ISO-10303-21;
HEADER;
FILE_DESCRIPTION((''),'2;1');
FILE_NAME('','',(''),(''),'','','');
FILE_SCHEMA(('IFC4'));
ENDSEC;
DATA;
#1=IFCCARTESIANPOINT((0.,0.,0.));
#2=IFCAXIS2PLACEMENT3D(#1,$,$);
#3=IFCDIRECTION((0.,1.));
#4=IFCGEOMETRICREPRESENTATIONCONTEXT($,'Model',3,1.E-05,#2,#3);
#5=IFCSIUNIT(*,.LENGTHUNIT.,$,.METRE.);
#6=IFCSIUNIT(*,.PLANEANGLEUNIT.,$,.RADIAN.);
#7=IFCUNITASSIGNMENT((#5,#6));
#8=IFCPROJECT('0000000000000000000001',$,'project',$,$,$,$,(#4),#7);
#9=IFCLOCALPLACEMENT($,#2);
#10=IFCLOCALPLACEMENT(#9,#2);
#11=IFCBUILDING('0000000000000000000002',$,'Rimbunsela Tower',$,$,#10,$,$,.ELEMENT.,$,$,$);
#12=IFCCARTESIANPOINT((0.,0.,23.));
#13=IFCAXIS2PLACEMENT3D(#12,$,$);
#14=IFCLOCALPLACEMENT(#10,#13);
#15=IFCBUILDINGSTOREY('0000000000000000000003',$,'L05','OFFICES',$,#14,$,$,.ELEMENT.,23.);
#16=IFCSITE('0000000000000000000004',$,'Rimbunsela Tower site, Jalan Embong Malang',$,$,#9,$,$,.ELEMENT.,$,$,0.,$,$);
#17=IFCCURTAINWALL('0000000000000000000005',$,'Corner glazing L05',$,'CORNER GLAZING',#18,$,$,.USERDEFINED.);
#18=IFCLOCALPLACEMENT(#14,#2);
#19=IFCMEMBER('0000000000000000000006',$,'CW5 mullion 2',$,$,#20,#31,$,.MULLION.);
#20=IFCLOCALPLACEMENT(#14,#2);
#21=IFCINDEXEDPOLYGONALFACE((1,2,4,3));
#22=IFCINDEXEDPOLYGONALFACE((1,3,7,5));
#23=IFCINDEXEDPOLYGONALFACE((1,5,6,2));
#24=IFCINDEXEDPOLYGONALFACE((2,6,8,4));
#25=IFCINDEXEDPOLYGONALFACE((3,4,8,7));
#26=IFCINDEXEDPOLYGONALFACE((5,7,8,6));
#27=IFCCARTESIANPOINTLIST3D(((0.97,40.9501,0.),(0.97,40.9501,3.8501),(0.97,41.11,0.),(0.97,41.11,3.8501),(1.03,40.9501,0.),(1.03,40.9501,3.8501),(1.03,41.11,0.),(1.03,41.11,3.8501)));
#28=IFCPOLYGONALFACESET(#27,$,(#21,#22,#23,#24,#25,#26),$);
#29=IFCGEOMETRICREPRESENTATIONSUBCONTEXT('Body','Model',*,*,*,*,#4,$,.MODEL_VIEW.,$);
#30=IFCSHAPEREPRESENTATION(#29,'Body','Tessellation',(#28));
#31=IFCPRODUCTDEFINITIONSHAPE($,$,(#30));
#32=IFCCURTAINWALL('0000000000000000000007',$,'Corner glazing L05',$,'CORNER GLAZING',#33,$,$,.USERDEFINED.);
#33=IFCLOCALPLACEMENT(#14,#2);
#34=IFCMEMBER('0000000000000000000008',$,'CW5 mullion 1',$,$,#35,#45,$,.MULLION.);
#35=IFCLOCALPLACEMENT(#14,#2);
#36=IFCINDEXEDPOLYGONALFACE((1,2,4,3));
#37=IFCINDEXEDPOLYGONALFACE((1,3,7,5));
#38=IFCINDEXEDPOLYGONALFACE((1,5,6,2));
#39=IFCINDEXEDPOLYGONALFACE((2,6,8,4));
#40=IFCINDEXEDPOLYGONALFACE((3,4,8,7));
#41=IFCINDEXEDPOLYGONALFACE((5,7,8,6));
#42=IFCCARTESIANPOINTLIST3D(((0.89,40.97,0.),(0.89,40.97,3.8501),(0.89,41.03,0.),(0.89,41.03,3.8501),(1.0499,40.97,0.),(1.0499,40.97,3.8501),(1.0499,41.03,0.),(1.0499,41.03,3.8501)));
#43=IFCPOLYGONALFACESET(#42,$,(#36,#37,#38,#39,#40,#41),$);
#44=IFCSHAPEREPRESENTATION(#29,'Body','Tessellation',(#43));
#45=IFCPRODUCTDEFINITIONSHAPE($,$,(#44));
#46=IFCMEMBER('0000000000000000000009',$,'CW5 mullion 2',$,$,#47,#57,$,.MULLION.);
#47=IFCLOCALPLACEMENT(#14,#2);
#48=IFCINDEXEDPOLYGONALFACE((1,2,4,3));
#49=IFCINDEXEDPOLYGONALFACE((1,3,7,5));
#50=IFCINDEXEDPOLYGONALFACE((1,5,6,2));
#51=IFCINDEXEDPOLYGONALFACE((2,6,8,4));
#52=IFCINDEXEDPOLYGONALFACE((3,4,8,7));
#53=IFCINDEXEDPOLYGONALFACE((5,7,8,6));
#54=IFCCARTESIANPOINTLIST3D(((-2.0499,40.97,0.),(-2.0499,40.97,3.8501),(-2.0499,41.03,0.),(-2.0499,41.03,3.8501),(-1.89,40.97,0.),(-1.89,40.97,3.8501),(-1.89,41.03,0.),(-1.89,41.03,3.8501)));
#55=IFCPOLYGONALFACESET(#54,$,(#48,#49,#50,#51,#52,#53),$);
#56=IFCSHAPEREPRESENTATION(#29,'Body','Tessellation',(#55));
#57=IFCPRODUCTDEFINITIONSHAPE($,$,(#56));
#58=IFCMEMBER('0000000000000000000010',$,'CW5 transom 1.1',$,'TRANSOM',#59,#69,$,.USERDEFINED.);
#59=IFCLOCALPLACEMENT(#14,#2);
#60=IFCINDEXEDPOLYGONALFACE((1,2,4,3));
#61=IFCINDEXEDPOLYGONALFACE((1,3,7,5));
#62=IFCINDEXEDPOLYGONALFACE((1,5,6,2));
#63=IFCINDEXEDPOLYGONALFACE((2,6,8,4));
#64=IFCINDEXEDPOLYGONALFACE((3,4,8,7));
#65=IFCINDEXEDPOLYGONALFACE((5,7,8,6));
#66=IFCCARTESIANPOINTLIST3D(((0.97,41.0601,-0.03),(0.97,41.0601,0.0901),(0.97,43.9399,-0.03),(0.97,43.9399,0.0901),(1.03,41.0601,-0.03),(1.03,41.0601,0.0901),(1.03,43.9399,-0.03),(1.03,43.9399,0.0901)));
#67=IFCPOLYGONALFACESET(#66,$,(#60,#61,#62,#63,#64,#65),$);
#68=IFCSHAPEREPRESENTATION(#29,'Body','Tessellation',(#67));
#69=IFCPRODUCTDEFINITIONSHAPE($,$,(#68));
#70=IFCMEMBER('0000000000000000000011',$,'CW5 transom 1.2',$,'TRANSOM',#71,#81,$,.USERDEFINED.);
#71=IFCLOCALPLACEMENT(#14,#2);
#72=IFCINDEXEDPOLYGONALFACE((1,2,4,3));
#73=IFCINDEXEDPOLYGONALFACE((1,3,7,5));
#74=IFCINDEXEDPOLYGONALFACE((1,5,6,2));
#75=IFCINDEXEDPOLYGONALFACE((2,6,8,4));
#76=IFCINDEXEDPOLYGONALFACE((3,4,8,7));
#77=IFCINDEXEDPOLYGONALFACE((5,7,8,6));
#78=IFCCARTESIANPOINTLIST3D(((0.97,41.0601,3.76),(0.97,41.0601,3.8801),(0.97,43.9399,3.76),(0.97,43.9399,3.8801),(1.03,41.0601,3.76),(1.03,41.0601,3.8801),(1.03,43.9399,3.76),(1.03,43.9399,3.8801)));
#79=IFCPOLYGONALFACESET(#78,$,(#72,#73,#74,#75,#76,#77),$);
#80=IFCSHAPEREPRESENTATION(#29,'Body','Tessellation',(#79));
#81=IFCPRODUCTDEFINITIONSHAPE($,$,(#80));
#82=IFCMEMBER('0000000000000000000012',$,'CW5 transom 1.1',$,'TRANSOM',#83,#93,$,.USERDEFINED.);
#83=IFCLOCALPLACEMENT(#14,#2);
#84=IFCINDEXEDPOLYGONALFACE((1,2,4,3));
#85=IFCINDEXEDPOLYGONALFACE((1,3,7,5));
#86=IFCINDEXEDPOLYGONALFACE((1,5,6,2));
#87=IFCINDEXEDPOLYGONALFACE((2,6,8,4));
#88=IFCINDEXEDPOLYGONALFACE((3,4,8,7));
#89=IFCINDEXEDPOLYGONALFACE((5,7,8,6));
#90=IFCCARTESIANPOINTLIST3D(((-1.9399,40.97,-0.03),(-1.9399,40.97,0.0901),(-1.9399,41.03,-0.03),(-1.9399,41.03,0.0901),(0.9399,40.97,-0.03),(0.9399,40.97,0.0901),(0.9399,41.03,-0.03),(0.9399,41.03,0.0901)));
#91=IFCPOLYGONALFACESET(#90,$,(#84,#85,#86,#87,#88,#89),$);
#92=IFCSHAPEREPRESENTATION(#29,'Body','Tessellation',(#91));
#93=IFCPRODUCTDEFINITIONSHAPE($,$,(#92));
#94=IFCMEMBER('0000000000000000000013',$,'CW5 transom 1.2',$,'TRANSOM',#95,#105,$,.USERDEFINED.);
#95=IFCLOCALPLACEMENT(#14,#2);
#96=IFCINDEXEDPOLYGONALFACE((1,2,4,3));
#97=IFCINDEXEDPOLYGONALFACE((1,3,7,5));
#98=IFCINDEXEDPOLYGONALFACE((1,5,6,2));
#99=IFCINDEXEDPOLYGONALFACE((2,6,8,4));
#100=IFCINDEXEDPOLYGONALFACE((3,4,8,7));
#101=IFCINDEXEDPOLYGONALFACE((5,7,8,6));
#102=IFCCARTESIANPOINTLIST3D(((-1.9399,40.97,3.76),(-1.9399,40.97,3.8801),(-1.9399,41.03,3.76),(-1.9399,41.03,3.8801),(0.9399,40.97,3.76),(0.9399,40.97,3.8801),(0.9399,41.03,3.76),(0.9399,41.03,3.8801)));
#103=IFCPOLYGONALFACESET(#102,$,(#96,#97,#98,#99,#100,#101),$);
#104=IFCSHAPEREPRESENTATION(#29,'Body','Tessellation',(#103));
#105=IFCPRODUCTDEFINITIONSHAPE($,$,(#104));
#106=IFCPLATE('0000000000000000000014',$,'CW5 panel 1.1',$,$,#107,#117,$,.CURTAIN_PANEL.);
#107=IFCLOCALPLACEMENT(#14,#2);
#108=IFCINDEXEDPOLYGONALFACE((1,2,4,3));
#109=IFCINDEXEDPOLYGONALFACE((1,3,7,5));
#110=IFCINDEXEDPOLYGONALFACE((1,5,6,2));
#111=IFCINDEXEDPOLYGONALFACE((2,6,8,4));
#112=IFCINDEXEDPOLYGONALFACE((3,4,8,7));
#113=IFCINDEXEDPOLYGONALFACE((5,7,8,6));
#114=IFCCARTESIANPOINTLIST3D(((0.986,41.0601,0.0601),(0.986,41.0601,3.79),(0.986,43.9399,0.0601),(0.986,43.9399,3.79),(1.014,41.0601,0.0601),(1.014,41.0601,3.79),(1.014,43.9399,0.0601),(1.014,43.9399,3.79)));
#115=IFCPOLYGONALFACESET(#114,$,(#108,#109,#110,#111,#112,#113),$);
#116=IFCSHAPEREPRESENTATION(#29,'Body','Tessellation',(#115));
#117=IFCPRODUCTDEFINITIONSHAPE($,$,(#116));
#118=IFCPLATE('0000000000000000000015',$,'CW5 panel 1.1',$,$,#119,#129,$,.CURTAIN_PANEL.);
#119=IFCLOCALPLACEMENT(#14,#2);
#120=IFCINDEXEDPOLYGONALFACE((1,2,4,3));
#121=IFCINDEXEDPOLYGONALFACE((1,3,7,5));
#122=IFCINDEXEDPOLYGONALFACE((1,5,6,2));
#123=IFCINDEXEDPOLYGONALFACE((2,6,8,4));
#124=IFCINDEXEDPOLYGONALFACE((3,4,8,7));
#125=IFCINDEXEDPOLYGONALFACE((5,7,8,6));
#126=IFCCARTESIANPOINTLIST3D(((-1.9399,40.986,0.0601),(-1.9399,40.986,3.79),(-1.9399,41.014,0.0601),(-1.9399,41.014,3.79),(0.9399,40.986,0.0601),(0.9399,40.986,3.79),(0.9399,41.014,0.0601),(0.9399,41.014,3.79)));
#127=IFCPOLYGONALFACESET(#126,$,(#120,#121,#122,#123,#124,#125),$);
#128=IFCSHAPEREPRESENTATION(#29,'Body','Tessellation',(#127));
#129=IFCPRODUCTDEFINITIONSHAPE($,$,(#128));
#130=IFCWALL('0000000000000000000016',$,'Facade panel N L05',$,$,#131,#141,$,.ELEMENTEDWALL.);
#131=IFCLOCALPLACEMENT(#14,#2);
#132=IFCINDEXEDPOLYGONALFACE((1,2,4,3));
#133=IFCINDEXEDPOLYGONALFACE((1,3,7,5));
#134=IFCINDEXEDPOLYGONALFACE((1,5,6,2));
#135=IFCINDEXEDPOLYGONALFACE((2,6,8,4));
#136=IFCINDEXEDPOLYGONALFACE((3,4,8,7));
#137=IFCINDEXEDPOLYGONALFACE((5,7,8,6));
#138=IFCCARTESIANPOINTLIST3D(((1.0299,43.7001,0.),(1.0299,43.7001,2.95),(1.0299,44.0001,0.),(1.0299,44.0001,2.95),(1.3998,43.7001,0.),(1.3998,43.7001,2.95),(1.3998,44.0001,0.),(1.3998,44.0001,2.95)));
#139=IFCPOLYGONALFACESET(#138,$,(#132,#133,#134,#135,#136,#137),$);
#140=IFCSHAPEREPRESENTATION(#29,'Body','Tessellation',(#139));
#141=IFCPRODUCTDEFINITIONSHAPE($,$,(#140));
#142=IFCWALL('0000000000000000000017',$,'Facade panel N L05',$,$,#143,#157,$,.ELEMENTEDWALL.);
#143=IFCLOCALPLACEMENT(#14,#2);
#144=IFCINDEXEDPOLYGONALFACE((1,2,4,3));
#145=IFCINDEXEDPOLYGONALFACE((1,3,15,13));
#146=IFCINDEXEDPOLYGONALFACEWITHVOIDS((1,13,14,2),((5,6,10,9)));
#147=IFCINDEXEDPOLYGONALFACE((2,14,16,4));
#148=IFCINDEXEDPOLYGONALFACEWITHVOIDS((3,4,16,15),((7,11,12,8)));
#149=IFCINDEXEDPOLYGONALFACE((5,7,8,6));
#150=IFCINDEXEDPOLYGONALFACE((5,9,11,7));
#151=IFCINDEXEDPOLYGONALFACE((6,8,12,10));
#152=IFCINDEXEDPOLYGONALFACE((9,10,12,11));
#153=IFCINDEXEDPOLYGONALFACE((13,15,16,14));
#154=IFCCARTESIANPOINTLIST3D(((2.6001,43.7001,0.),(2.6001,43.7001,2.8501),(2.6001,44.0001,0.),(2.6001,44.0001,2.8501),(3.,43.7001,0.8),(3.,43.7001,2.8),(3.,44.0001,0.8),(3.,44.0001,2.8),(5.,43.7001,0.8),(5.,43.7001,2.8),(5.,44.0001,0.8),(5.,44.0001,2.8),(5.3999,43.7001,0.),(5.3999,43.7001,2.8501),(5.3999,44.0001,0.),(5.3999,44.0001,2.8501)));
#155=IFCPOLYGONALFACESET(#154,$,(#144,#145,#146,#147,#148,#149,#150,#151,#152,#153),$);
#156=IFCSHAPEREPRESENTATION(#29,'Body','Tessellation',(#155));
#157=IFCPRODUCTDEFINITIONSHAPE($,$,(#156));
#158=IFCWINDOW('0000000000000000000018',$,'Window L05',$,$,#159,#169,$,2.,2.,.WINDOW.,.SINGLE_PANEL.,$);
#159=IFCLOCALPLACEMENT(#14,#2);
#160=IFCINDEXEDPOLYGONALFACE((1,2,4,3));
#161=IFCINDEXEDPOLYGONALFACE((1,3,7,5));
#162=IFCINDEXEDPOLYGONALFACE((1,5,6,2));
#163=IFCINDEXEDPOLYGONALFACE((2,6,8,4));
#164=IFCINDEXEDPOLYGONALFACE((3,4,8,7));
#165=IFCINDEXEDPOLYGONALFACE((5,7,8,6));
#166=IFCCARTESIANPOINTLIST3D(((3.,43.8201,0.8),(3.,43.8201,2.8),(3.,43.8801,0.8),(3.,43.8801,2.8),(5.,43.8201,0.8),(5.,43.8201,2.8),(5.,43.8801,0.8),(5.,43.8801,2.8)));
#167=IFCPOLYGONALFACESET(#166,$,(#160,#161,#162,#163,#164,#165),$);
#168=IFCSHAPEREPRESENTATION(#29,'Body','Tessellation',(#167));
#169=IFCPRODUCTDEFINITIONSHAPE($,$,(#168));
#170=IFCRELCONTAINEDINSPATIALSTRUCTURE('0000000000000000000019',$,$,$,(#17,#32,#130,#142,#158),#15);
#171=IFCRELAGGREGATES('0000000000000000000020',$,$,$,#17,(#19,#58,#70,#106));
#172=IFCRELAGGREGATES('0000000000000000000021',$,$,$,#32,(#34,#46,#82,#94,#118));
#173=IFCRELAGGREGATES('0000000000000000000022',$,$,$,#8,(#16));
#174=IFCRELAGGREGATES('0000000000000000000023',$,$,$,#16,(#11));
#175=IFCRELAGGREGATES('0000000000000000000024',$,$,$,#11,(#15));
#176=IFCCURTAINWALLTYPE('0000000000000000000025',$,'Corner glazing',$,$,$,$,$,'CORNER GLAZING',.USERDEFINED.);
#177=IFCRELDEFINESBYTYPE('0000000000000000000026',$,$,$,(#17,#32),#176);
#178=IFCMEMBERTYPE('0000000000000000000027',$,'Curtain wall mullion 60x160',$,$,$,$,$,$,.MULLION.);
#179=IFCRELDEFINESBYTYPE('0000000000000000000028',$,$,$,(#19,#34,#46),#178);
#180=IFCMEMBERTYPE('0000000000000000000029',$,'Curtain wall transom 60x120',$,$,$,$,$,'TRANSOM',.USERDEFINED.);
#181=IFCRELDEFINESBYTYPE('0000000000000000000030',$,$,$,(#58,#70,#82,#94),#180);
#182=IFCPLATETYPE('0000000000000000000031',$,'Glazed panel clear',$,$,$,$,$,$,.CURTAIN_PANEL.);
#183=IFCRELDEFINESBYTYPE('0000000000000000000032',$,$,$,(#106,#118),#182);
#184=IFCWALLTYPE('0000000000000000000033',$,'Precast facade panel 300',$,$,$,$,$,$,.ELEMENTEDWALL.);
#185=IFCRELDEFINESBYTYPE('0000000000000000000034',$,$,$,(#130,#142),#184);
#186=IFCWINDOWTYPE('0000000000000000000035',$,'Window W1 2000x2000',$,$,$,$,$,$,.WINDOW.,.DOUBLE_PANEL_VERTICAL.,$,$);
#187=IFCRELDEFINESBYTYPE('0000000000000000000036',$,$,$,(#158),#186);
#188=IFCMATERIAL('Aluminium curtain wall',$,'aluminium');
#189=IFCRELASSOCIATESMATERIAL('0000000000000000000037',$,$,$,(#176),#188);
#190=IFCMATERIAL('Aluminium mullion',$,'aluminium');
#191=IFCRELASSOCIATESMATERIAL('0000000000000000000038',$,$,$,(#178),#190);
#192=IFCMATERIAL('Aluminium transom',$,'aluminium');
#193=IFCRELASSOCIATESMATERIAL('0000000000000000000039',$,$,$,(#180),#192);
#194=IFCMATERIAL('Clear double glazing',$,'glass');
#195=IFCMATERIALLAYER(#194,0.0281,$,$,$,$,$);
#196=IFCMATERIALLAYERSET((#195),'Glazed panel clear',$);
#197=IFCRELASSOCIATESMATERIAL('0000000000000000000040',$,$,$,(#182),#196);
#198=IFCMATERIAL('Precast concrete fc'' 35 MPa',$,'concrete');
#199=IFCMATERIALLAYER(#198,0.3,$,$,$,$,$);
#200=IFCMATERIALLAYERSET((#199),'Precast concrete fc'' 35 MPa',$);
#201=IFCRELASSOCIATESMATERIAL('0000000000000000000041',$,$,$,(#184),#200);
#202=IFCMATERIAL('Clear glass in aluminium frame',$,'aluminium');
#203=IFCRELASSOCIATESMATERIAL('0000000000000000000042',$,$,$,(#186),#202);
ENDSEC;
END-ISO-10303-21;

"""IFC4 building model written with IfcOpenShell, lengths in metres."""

from ifc_helpers import new_model, si_unit, direction, frame, frame_2d, origin, origin_2d, place, context, subcontext, project, spatial, rectangle, extrude, material, layer, layer_set, material_profile, profile_set, type_object, element, fill, aggregate, save


model = new_model("IFC4")

# Units and contexts
model_context = context("Model", 3, precision=1e-05, world=origin(), true_north=direction((0.0, 1.0)))
body_context = subcontext(model_context, "Body", "Model", "MODEL_VIEW")
ifc_project = project(units=[si_unit("LENGTHUNIT", "METRE"), si_unit("PLANEANGLEUNIT", "RADIAN")], contexts=[model_context])

# Site, building, storey
site_placement = place(None, origin())
site = spatial("IfcSite", under=ifc_project, at=site_placement, Name="Rimbunsela Tower site, Jalan Embong Malang", CompositionType="ELEMENT", RefElevation=0.0)
building_placement = place(site_placement, origin())
building = spatial("IfcBuilding", under=site, at=building_placement, Name="Rimbunsela Tower", CompositionType="ELEMENT")
storey_placement = place(building_placement, frame((0.0, 0.0, 23.0)))
storey = spatial("IfcBuildingStorey", under=building, at=storey_placement, Name="L05", Description="OFFICES", CompositionType="ELEMENT", Elevation=23.0)

# Curtain walls, members
ifc_material_1 = material(Name="Aluminium curtain wall", Category="aluminium")
curtain_wall_type = type_object("IfcCurtainWallType", Name="Corner glazing", ElementType="CORNER GLAZING", PredefinedType="USERDEFINED", material=ifc_material_1)
curtain_wall_1_placement = place(storey_placement, origin())
curtain_wall_1 = element("IfcCurtainWall", 1, at=curtain_wall_1_placement, inside=storey, type_object=curtain_wall_type, Name="Corner glazing L05", ObjectType="CORNER GLAZING", PredefinedType="USERDEFINED")
ifc_material_2 = material(Name="Aluminium mullion", Category="aluminium")
ifc_material_profile_1 = material_profile(ifc_material_2, rectangle(XDim=0.0601, YDim=0.1599, at=origin_2d()), Name="Mullion 60x160")
ifc_profile_set_1 = profile_set([ifc_material_profile_1], Name="Aluminium mullion")
member_type_1 = type_object("IfcMemberType", Name="Curtain wall mullion 60x160", PredefinedType="MULLION", material=ifc_profile_set_1)
member_1_placement = place(storey_placement, frame((1.0, 41.03, 0.0), z_axis=(0.0, 0.0, 1.0), x_axis=(1.0, 0.0, 0.0)))
member_1 = element("IfcMember", 2, at=member_1_placement, type_object=member_type_1, Name="CW5 mullion 2", PredefinedType="MULLION", context=body_context, shape_type="SweptSolid", body=[
    extrude(rectangle(XDim=0.0601, YDim=0.1599, at=origin_2d()), origin(), (0.0, 0.0, 1.0), 3.8501),
])
curtain_wall_2_placement = place(storey_placement, origin())
curtain_wall_2 = element("IfcCurtainWall", 3, at=curtain_wall_2_placement, inside=storey, type_object=curtain_wall_type, Name="Corner glazing L05", ObjectType="CORNER GLAZING", PredefinedType="USERDEFINED")
member_2_placement = place(storey_placement, frame((0.97, 41.0, 0.0), z_axis=(0.0, 0.0, 1.0), x_axis=(0.0, -1.0, 0.0)))
member_2 = element("IfcMember", 4, at=member_2_placement, type_object=member_type_1, Name="CW5 mullion 1", PredefinedType="MULLION", context=body_context, shape_type="SweptSolid", body=[
    extrude(rectangle(XDim=0.0601, YDim=0.1599, at=origin_2d()), origin(), (0.0, 0.0, 1.0), 3.8501),
])
member_3_placement = place(storey_placement, frame((-1.97, 41.0, 0.0), z_axis=(0.0, 0.0, 1.0), x_axis=(0.0, -1.0, 0.0)))
member_3 = element("IfcMember", 5, at=member_3_placement, type_object=member_type_1, Name="CW5 mullion 2", PredefinedType="MULLION", context=body_context, shape_type="SweptSolid", body=[
    extrude(rectangle(XDim=0.0601, YDim=0.1599, at=origin_2d()), origin(), (0.0, 0.0, 1.0), 3.8501),
])

# Members
ifc_material_3 = material(Name="Aluminium transom", Category="aluminium")
ifc_material_profile_2 = material_profile(ifc_material_3, rectangle(XDim=0.0601, YDim=0.1201, at=origin_2d()), Name="Transom 60x120")
ifc_profile_set_2 = profile_set([ifc_material_profile_2], Name="Aluminium transom")
member_type_2 = type_object("IfcMemberType", Name="Curtain wall transom 60x120", ElementType="TRANSOM", PredefinedType="USERDEFINED", material=ifc_profile_set_2)
member_4_placement = place(storey_placement, frame((1.0, 43.9399, 0.03), z_axis=(0.0, -1.0, 0.0), x_axis=(1.0, 0.0, 0.0)))
member_4 = element("IfcMember", 6, at=member_4_placement, type_object=member_type_2, Name="CW5 transom 1.1", ObjectType="TRANSOM", PredefinedType="USERDEFINED", context=body_context, shape_type="SweptSolid", body=[
    extrude(rectangle(XDim=0.0601, YDim=0.1201, at=origin_2d()), origin(), (0.0, 0.0, 1.0), 2.8799),
])
member_5_placement = place(storey_placement, frame((1.0, 43.9399, 3.8201), z_axis=(0.0, -1.0, 0.0), x_axis=(1.0, 0.0, 0.0)))
member_5 = element("IfcMember", 7, at=member_5_placement, type_object=member_type_2, Name="CW5 transom 1.2", ObjectType="TRANSOM", PredefinedType="USERDEFINED", context=body_context, shape_type="SweptSolid", body=[
    extrude(rectangle(XDim=0.0601, YDim=0.1201, at=origin_2d()), origin(), (0.0, 0.0, 1.0), 2.8799),
])
member_6_placement = place(storey_placement, frame((0.9399, 41.0, 0.03), z_axis=(-1.0, 0.0, 0.0), x_axis=(0.0, -1.0, 0.0)))
member_6 = element("IfcMember", 8, at=member_6_placement, type_object=member_type_2, Name="CW5 transom 1.1", ObjectType="TRANSOM", PredefinedType="USERDEFINED", context=body_context, shape_type="SweptSolid", body=[
    extrude(rectangle(XDim=0.0601, YDim=0.1201, at=origin_2d()), origin(), (0.0, 0.0, 1.0), 2.8799),
])
member_7_placement = place(storey_placement, frame((0.9399, 41.0, 3.8201), z_axis=(-1.0, 0.0, 0.0), x_axis=(0.0, -1.0, 0.0)))
member_7 = element("IfcMember", 9, at=member_7_placement, type_object=member_type_2, Name="CW5 transom 1.2", ObjectType="TRANSOM", PredefinedType="USERDEFINED", context=body_context, shape_type="SweptSolid", body=[
    extrude(rectangle(XDim=0.0601, YDim=0.1201, at=origin_2d()), origin(), (0.0, 0.0, 1.0), 2.8799),
])

# Plates
ifc_material_4 = material(Name="Clear double glazing", Category="glass")
ifc_layer_1 = layer(ifc_material_4, 0.0281)
ifc_layer_set_1 = layer_set([ifc_layer_1], Name="Glazed panel clear")
plate_type = type_object("IfcPlateType", Name="Glazed panel clear", PredefinedType="CURTAIN_PANEL", material=ifc_layer_set_1)
plate_1_placement = place(storey_placement, frame((1.0, 42.5, 0.0601), z_axis=(0.0, 0.0, 1.0), x_axis=(0.0, -1.0, 0.0)))
plate_1 = element("IfcPlate", 10, at=plate_1_placement, type_object=plate_type, Name="CW5 panel 1.1", PredefinedType="CURTAIN_PANEL", context=body_context, shape_type="SweptSolid", body=[
    extrude(rectangle(XDim=2.8799, YDim=0.0281, at=origin_2d()), origin(), (0.0, 0.0, 1.0), 3.73),
])
aggregate(curtain_wall_1, [member_1, member_4, member_5, plate_1])
plate_2_placement = place(storey_placement, frame((-0.5, 41.0, 0.0601), z_axis=(0.0, 0.0, 1.0), x_axis=(-1.0, 0.0, 0.0)))
plate_2 = element("IfcPlate", 11, at=plate_2_placement, type_object=plate_type, Name="CW5 panel 1.1", PredefinedType="CURTAIN_PANEL", context=body_context, shape_type="SweptSolid", body=[
    extrude(rectangle(XDim=2.8799, YDim=0.0281, at=origin_2d()), origin(), (0.0, 0.0, 1.0), 3.73),
])
aggregate(curtain_wall_2, [member_2, member_3, member_6, member_7, plate_2])

# Wall
ifc_material_5 = material(Name="Precast concrete fc' 35 MPa", Category="concrete")
ifc_layer_2 = layer(ifc_material_5, 0.3)
ifc_layer_set_2 = layer_set([ifc_layer_2], Name="Precast concrete fc' 35 MPa")
wall_type = type_object("IfcWallType", Name="Precast facade panel 300", PredefinedType="ELEMENTEDWALL", material=ifc_layer_set_2)
wall_1_placement = place(storey_placement, frame((1.3999, 43.8501, 0.0), z_axis=(0.0, 0.0, 1.0), x_axis=(-1.0, 0.0, 0.0)))
element("IfcWall", 12, at=wall_1_placement, inside=storey, type_object=wall_type, Name="Facade panel N L05", PredefinedType="ELEMENTEDWALL", context=body_context, shape_type="SweptSolid", body=[
    extrude(rectangle(XDim=0.3699, YDim=0.3, at=frame_2d((0.1851, 0.0))), origin(), (0.0, 0.0, 1.0), 2.95),
])

# Wall, opening, window
wall_2_placement = place(storey_placement, frame((5.3999, 43.8501, 0.0), z_axis=(0.0, 0.0, 1.0), x_axis=(-1.0, 0.0, 0.0)))
wall_2 = element("IfcWall", 13, at=wall_2_placement, inside=storey, type_object=wall_type, Name="Facade panel N L05", PredefinedType="ELEMENTEDWALL", context=body_context, shape_type="SweptSolid", body=[
    extrude(rectangle(XDim=2.7998, YDim=0.3, at=frame_2d((1.3999, 0.0))), origin(), (0.0, 0.0, 1.0), 2.8501),
])
opening_1_placement = place(wall_2_placement, frame((0.3999, 0.0, 0.8)))
opening_1 = element("IfcOpeningElement", 14, at=opening_1_placement, cuts=wall_2, PredefinedType="OPENING", context=body_context, shape_type="SweptSolid", body=[
    extrude(rectangle(XDim=2.0, YDim=2.0, at=frame_2d((1.0, 1.0))), frame((0.0, 0.1599, 0.0), z_axis=(0.0, -1.0, 0.0), x_axis=(1.0, 0.0, 0.0)), (0.0, 0.0, 1.0), 0.3201),
])
ifc_material_6 = material(Name="Clear glass in aluminium frame", Category="aluminium")
window_type = type_object("IfcWindowType", Name="Window W1 2000x2000", PartitioningType="DOUBLE_PANEL_VERTICAL", PredefinedType="WINDOW", material=ifc_material_6)
window_1_placement = place(opening_1_placement, origin())
window_1 = element("IfcWindow", 15, at=window_1_placement, inside=storey, type_object=window_type, Name="Window L05", OverallHeight=2.0, OverallWidth=2.0, PartitioningType="SINGLE_PANEL", PredefinedType="WINDOW", context=body_context, shape_type="SweptSolid", body=[
    extrude(rectangle(XDim=2.0, YDim=2.0, at=frame_2d((1.0, 1.0))), frame((0.0, 0.03, 0.0), z_axis=(0.0, -1.0, 0.0), x_axis=(1.0, 0.0, 0.0)), (0.0, 0.0, 1.0), 0.0601),
])
fill(opening_1, window_1)

save(model, "model.ifc")
